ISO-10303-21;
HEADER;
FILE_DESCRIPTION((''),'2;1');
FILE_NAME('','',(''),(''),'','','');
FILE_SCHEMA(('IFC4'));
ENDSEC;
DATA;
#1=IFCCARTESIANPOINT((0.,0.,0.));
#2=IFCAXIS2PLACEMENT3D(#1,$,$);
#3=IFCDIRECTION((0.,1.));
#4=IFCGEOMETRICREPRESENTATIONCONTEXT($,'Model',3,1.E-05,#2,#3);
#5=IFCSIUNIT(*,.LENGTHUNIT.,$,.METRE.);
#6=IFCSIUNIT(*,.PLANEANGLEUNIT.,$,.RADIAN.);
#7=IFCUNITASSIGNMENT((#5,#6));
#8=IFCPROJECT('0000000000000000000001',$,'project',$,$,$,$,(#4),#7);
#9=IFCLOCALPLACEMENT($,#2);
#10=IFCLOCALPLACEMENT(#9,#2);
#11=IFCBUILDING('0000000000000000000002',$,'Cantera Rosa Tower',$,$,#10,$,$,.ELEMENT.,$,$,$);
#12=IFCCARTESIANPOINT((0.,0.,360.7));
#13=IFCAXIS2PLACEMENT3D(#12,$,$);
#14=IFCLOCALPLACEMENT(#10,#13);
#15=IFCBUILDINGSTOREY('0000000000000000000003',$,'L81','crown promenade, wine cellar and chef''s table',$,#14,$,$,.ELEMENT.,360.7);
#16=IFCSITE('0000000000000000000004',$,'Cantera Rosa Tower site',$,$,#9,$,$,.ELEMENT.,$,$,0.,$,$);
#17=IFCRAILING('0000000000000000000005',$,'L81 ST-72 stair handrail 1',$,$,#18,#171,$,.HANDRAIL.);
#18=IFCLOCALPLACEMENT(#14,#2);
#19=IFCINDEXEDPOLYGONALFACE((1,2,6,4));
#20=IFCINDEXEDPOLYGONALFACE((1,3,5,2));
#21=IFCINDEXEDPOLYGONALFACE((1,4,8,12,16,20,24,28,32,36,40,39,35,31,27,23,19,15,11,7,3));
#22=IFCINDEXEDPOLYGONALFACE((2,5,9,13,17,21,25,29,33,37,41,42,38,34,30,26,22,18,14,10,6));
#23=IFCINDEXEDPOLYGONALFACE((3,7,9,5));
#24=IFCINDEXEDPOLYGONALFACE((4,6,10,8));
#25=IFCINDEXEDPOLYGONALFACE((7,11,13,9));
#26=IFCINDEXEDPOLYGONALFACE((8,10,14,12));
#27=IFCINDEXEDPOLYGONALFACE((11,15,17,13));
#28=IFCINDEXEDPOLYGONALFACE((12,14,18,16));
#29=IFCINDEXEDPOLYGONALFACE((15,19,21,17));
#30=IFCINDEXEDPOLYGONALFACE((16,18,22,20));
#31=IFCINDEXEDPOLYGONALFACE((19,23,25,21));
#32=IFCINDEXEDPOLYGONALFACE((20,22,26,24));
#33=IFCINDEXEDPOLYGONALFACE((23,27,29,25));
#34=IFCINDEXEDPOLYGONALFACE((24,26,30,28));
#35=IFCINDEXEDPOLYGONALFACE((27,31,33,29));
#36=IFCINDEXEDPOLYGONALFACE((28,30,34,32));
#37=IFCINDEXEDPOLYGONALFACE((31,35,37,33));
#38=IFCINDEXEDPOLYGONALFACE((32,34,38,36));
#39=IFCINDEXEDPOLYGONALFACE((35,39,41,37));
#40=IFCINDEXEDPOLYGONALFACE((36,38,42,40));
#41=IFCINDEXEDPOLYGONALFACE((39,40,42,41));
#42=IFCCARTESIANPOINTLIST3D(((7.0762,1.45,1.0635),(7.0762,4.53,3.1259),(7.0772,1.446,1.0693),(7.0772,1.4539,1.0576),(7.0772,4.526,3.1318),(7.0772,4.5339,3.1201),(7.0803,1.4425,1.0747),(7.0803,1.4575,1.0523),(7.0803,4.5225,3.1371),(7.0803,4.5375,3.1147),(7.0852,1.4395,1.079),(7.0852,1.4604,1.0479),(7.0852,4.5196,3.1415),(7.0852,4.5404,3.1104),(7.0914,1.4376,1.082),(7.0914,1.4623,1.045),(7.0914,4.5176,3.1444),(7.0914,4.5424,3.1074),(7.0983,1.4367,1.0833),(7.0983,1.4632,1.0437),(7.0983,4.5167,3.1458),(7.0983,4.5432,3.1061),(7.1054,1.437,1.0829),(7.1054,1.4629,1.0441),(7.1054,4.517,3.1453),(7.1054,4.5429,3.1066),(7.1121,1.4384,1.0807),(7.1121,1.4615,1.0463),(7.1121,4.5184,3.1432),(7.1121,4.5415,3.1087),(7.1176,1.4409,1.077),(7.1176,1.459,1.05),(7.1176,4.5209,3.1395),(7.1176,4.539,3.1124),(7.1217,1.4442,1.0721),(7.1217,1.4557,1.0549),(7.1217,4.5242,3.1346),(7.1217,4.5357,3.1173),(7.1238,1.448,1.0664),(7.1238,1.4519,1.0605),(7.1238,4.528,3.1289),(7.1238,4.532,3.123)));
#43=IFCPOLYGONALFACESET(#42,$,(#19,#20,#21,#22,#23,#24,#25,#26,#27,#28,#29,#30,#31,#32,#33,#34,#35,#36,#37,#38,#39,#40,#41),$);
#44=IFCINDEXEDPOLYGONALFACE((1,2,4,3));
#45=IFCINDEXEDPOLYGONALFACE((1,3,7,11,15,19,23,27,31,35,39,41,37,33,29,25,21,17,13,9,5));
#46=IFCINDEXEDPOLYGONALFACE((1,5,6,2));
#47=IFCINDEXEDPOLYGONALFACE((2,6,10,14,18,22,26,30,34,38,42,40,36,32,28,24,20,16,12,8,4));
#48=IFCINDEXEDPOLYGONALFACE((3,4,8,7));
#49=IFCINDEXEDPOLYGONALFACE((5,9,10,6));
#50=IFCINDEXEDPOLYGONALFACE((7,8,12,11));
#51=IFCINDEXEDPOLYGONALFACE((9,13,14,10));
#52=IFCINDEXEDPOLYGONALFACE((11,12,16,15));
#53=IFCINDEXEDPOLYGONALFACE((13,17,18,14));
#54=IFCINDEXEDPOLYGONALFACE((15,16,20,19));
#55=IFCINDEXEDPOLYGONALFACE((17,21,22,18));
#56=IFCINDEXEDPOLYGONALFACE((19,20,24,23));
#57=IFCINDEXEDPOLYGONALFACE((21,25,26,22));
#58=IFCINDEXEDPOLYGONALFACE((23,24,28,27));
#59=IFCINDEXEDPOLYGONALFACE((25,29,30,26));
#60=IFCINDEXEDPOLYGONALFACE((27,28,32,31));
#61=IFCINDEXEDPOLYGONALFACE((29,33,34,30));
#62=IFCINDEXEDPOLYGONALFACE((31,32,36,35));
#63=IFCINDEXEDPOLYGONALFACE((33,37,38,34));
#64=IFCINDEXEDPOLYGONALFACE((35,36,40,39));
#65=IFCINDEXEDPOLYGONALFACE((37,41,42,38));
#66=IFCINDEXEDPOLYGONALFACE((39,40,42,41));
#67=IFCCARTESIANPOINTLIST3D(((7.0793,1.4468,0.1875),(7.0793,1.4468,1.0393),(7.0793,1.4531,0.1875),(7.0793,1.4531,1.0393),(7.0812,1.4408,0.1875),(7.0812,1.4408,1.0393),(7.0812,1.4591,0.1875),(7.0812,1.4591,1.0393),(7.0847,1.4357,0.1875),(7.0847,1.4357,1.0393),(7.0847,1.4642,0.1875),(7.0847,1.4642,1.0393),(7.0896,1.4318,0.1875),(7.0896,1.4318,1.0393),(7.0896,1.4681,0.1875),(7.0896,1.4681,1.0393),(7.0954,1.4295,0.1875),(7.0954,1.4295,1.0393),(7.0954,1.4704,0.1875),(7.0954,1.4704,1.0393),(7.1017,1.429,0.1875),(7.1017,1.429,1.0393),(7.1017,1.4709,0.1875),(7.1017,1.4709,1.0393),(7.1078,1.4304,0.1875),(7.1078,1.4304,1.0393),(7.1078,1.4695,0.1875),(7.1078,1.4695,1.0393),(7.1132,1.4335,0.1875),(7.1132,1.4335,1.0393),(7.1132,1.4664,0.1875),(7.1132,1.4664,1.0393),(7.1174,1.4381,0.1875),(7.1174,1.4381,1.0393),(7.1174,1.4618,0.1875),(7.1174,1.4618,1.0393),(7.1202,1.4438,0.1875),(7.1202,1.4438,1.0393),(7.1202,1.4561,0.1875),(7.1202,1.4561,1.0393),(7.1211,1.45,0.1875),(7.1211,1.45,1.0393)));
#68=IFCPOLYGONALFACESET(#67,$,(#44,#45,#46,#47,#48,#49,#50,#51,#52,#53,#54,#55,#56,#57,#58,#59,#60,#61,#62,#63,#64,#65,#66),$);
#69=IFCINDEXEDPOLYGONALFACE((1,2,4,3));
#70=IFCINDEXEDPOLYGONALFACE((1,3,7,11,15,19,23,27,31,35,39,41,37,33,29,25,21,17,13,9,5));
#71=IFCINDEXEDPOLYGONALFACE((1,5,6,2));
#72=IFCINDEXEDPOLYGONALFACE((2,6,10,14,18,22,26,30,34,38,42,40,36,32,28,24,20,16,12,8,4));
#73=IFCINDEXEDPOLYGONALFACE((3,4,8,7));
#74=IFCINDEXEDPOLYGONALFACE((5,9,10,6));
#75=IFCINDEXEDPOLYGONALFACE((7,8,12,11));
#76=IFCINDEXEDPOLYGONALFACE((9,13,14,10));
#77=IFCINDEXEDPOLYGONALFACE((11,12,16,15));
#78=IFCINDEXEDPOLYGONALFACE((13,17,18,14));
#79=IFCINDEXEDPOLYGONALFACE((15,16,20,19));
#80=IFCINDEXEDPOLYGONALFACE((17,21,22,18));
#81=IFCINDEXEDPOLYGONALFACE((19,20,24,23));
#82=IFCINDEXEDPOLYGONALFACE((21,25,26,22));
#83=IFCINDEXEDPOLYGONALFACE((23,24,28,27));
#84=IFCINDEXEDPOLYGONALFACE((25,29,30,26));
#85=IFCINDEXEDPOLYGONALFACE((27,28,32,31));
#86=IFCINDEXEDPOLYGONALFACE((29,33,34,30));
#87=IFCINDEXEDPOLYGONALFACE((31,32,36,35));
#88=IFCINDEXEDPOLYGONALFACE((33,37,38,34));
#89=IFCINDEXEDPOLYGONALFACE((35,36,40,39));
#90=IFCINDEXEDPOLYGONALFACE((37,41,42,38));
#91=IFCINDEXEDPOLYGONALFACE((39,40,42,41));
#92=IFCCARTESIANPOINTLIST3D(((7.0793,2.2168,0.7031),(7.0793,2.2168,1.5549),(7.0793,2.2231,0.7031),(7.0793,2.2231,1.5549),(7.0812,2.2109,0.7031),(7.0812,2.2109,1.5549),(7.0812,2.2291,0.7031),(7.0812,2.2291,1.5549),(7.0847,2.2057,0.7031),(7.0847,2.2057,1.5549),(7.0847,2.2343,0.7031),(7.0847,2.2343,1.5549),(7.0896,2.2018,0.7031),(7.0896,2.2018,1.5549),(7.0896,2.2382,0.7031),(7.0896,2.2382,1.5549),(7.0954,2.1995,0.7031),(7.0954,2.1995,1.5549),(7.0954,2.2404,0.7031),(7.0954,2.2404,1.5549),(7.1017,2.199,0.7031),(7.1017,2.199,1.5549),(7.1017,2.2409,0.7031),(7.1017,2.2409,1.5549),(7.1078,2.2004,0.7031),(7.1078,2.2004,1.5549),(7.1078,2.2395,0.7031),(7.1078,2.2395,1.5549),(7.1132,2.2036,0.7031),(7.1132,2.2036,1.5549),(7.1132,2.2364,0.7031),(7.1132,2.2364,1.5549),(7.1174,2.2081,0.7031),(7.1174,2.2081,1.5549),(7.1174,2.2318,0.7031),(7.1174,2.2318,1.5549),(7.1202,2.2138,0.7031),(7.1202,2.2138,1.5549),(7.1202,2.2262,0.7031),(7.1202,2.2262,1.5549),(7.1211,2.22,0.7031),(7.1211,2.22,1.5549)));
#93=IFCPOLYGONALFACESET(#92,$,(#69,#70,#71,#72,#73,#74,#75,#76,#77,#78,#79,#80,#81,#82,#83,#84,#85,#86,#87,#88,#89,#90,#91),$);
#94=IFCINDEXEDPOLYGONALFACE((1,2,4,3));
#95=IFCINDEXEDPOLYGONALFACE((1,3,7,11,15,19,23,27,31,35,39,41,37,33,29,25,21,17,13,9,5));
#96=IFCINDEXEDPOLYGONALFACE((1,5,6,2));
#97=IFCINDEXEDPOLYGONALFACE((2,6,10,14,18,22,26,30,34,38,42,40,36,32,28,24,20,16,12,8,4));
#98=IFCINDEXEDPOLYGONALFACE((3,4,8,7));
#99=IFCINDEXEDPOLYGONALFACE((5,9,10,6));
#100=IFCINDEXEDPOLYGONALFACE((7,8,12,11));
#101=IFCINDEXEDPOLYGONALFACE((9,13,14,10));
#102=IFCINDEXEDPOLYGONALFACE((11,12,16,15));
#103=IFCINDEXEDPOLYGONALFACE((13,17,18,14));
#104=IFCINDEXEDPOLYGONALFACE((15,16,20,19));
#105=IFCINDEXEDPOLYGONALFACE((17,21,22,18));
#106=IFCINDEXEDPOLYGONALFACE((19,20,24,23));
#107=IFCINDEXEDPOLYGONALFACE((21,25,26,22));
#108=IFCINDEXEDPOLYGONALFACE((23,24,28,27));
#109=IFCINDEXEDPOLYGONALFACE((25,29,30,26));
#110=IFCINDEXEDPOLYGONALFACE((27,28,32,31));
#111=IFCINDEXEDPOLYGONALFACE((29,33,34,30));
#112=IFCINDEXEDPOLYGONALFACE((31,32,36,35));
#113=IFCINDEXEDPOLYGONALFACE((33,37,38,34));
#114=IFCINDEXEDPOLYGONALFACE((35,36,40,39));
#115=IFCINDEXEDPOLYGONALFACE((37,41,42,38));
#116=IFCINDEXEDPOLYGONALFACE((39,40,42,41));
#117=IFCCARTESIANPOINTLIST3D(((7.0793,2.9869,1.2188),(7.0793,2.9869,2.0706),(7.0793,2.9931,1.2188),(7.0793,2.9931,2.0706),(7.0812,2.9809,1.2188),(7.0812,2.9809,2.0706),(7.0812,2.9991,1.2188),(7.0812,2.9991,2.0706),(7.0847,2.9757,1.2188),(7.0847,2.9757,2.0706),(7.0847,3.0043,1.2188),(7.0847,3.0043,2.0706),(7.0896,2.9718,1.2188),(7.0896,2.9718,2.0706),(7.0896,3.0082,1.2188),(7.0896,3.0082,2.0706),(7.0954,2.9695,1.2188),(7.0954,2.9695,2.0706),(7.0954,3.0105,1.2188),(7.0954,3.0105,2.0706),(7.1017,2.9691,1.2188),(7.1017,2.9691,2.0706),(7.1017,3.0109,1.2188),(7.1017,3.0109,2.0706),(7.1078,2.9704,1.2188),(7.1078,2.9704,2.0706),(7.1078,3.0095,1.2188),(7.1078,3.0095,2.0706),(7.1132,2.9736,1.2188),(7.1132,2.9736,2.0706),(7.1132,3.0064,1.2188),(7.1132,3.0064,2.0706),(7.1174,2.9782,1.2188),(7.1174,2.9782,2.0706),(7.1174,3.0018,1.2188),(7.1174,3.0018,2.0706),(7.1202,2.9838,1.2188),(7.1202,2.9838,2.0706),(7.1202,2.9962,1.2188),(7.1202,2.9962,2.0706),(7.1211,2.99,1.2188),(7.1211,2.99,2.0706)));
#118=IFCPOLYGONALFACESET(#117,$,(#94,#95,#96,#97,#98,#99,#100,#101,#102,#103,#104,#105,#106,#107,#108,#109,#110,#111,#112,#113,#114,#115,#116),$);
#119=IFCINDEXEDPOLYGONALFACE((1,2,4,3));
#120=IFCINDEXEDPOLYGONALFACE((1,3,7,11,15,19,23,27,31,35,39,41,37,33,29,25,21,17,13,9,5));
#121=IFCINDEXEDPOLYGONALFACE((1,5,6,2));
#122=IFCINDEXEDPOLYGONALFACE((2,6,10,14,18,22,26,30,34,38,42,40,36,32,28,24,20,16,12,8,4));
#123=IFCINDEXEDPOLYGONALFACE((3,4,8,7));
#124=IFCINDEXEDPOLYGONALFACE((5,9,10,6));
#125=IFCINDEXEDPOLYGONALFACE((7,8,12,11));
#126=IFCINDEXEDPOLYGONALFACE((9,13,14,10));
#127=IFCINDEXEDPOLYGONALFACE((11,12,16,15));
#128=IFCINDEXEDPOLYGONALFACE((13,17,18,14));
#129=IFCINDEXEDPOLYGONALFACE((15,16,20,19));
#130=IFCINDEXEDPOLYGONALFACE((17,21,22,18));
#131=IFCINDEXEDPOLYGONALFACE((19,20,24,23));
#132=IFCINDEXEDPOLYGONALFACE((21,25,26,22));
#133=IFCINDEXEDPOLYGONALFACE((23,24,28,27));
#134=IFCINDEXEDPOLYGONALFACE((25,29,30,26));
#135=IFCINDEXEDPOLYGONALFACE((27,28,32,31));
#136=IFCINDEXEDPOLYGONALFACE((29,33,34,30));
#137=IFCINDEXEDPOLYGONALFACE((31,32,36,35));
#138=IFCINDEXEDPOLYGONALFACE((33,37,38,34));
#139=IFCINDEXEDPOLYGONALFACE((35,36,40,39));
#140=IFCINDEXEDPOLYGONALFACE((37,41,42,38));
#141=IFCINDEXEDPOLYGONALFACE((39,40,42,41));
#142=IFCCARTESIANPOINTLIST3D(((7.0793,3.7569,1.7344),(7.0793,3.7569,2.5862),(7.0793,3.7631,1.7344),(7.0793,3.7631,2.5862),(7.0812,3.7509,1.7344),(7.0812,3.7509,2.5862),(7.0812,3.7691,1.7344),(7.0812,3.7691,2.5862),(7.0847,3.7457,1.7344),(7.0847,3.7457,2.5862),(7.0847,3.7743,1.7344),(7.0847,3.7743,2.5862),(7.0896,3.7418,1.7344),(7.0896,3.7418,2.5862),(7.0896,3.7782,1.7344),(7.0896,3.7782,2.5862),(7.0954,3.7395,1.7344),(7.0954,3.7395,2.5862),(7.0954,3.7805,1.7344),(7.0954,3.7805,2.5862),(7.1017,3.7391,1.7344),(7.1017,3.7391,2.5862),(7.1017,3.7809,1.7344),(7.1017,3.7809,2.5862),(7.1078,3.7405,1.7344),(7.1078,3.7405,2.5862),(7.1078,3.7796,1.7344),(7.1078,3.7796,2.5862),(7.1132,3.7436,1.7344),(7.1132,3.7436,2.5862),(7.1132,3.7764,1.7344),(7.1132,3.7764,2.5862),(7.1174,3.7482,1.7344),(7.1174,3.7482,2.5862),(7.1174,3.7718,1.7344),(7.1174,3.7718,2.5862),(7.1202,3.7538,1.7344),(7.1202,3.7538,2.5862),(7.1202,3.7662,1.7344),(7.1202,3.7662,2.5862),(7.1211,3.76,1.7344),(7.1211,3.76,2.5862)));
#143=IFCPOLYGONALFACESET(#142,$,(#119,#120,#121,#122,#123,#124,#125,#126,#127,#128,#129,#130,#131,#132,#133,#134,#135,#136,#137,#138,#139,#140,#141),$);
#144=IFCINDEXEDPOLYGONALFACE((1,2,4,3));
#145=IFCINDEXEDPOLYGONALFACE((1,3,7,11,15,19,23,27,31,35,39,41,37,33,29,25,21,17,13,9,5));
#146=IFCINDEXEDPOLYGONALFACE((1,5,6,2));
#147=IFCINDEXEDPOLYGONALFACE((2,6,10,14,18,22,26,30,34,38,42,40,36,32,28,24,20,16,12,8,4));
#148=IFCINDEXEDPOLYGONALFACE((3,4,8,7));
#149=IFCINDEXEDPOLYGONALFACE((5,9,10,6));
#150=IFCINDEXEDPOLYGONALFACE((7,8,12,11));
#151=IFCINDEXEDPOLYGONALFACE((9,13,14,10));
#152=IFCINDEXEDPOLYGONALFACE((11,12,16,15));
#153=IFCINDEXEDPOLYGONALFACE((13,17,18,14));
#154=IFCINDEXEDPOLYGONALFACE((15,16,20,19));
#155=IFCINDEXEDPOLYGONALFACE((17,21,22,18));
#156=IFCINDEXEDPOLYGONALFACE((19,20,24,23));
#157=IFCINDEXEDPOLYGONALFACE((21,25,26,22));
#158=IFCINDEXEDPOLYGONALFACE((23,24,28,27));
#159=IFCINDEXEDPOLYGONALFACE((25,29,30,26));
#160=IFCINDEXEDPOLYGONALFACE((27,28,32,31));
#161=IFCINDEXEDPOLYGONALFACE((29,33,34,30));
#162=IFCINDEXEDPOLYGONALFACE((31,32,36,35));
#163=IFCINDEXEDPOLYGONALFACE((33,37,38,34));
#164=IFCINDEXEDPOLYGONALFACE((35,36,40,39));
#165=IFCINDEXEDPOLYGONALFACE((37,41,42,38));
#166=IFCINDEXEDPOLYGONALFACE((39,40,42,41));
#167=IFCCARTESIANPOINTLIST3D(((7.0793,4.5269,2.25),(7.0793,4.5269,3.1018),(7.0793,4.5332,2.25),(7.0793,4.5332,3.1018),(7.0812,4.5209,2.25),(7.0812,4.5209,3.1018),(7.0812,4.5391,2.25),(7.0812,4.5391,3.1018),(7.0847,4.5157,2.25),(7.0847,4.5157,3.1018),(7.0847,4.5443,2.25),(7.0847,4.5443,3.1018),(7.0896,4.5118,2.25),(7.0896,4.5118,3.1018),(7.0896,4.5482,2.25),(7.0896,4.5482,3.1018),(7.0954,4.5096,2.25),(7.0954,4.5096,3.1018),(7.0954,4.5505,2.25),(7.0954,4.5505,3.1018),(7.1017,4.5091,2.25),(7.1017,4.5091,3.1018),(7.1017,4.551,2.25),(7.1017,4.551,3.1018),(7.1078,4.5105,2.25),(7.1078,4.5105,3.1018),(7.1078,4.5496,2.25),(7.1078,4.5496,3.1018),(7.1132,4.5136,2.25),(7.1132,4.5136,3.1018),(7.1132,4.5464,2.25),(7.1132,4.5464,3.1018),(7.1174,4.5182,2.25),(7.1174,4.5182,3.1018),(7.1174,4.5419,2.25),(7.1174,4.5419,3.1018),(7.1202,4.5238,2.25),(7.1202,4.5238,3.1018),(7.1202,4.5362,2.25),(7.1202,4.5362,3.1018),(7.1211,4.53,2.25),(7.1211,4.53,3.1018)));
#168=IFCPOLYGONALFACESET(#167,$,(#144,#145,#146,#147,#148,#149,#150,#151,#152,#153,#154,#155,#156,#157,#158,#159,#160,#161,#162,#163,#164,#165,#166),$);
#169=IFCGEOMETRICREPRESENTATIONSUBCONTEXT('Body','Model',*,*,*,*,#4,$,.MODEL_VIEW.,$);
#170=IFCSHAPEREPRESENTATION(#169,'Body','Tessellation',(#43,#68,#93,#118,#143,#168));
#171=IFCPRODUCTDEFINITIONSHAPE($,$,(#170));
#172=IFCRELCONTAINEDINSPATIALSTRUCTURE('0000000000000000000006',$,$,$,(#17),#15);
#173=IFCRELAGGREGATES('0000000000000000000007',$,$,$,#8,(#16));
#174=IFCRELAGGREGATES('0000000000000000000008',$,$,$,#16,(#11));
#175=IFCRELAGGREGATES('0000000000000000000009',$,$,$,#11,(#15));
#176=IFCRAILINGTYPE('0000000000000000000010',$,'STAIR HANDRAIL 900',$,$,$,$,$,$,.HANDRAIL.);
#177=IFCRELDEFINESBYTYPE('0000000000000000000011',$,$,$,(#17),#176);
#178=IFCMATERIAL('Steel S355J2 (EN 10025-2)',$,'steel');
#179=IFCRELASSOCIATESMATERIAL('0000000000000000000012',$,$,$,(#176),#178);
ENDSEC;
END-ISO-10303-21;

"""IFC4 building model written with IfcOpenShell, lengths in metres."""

from ifc_helpers import new_model, si_unit, direction, frame, origin, origin_2d, place, context, subcontext, project, spatial, circle, extrude, material, type_object, element, save


model = new_model("IFC4")

# Units and contexts
model_context = context("Model", 3, precision=1e-05, world=origin(), true_north=direction((0.0, 1.0)))
body_context = subcontext(model_context, "Body", "Model", "MODEL_VIEW")
ifc_project = project(units=[si_unit("LENGTHUNIT", "METRE"), si_unit("PLANEANGLEUNIT", "RADIAN")], contexts=[model_context])

# Site, building, storey
site_placement = place(None, origin())
site = spatial("IfcSite", under=ifc_project, at=site_placement, Name="Cantera Rosa Tower site", CompositionType="ELEMENT", RefElevation=0.0)
building_placement = place(site_placement, origin())
building = spatial("IfcBuilding", under=site, at=building_placement, Name="Cantera Rosa Tower", CompositionType="ELEMENT")
storey_placement = place(building_placement, frame((0.0, 0.0, 360.7)))
storey = spatial("IfcBuildingStorey", under=building, at=storey_placement, Name="L81", Description="crown promenade, wine cellar and chef's table", CompositionType="ELEMENT", Elevation=360.7)

# Railing
ifc_material_1 = material(Name="Steel S355J2 (EN 10025-2)", Category="steel")
railing_type_1 = type_object("IfcRailingType", Name="STAIR HANDRAIL 900", PredefinedType="HANDRAIL", material=ifc_material_1)
railing_1_placement = place(storey_placement, frame((7.1001, 1.45, 0.1875)))
element("IfcRailing", 1, at=railing_1_placement, inside=storey, type_object=railing_type_1, Name="L81 ST-72 stair handrail 1", PredefinedType="HANDRAIL", context=body_context, shape_type="SweptSolid", body=[
    extrude(circle(Radius=0.0239, at=origin_2d()), frame((0.0, 0.0, 0.876), z_axis=(0.0, 0.830914, 0.556401), x_axis=(-1.0, 0.0, 0.0)), (0.0, 0.0, 1.0), 3.7068),
    extrude(circle(Radius=0.021, at=origin_2d()), origin(), (0.0, 0.0, 1.0), 0.8518),
    extrude(circle(Radius=0.021, at=origin_2d()), frame((0.0, 0.77, 0.5156)), (0.0, 0.0, 1.0), 0.8518),
    extrude(circle(Radius=0.021, at=origin_2d()), frame((0.0, 1.54, 1.0312)), (0.0, 0.0, 1.0), 0.8518),
    extrude(circle(Radius=0.021, at=origin_2d()), frame((0.0, 2.3101, 1.5469)), (0.0, 0.0, 1.0), 0.8518),
    extrude(circle(Radius=0.021, at=origin_2d()), frame((0.0, 3.0801, 2.0625)), (0.0, 0.0, 1.0), 0.8518),
])

save(model, "model.ifc")
